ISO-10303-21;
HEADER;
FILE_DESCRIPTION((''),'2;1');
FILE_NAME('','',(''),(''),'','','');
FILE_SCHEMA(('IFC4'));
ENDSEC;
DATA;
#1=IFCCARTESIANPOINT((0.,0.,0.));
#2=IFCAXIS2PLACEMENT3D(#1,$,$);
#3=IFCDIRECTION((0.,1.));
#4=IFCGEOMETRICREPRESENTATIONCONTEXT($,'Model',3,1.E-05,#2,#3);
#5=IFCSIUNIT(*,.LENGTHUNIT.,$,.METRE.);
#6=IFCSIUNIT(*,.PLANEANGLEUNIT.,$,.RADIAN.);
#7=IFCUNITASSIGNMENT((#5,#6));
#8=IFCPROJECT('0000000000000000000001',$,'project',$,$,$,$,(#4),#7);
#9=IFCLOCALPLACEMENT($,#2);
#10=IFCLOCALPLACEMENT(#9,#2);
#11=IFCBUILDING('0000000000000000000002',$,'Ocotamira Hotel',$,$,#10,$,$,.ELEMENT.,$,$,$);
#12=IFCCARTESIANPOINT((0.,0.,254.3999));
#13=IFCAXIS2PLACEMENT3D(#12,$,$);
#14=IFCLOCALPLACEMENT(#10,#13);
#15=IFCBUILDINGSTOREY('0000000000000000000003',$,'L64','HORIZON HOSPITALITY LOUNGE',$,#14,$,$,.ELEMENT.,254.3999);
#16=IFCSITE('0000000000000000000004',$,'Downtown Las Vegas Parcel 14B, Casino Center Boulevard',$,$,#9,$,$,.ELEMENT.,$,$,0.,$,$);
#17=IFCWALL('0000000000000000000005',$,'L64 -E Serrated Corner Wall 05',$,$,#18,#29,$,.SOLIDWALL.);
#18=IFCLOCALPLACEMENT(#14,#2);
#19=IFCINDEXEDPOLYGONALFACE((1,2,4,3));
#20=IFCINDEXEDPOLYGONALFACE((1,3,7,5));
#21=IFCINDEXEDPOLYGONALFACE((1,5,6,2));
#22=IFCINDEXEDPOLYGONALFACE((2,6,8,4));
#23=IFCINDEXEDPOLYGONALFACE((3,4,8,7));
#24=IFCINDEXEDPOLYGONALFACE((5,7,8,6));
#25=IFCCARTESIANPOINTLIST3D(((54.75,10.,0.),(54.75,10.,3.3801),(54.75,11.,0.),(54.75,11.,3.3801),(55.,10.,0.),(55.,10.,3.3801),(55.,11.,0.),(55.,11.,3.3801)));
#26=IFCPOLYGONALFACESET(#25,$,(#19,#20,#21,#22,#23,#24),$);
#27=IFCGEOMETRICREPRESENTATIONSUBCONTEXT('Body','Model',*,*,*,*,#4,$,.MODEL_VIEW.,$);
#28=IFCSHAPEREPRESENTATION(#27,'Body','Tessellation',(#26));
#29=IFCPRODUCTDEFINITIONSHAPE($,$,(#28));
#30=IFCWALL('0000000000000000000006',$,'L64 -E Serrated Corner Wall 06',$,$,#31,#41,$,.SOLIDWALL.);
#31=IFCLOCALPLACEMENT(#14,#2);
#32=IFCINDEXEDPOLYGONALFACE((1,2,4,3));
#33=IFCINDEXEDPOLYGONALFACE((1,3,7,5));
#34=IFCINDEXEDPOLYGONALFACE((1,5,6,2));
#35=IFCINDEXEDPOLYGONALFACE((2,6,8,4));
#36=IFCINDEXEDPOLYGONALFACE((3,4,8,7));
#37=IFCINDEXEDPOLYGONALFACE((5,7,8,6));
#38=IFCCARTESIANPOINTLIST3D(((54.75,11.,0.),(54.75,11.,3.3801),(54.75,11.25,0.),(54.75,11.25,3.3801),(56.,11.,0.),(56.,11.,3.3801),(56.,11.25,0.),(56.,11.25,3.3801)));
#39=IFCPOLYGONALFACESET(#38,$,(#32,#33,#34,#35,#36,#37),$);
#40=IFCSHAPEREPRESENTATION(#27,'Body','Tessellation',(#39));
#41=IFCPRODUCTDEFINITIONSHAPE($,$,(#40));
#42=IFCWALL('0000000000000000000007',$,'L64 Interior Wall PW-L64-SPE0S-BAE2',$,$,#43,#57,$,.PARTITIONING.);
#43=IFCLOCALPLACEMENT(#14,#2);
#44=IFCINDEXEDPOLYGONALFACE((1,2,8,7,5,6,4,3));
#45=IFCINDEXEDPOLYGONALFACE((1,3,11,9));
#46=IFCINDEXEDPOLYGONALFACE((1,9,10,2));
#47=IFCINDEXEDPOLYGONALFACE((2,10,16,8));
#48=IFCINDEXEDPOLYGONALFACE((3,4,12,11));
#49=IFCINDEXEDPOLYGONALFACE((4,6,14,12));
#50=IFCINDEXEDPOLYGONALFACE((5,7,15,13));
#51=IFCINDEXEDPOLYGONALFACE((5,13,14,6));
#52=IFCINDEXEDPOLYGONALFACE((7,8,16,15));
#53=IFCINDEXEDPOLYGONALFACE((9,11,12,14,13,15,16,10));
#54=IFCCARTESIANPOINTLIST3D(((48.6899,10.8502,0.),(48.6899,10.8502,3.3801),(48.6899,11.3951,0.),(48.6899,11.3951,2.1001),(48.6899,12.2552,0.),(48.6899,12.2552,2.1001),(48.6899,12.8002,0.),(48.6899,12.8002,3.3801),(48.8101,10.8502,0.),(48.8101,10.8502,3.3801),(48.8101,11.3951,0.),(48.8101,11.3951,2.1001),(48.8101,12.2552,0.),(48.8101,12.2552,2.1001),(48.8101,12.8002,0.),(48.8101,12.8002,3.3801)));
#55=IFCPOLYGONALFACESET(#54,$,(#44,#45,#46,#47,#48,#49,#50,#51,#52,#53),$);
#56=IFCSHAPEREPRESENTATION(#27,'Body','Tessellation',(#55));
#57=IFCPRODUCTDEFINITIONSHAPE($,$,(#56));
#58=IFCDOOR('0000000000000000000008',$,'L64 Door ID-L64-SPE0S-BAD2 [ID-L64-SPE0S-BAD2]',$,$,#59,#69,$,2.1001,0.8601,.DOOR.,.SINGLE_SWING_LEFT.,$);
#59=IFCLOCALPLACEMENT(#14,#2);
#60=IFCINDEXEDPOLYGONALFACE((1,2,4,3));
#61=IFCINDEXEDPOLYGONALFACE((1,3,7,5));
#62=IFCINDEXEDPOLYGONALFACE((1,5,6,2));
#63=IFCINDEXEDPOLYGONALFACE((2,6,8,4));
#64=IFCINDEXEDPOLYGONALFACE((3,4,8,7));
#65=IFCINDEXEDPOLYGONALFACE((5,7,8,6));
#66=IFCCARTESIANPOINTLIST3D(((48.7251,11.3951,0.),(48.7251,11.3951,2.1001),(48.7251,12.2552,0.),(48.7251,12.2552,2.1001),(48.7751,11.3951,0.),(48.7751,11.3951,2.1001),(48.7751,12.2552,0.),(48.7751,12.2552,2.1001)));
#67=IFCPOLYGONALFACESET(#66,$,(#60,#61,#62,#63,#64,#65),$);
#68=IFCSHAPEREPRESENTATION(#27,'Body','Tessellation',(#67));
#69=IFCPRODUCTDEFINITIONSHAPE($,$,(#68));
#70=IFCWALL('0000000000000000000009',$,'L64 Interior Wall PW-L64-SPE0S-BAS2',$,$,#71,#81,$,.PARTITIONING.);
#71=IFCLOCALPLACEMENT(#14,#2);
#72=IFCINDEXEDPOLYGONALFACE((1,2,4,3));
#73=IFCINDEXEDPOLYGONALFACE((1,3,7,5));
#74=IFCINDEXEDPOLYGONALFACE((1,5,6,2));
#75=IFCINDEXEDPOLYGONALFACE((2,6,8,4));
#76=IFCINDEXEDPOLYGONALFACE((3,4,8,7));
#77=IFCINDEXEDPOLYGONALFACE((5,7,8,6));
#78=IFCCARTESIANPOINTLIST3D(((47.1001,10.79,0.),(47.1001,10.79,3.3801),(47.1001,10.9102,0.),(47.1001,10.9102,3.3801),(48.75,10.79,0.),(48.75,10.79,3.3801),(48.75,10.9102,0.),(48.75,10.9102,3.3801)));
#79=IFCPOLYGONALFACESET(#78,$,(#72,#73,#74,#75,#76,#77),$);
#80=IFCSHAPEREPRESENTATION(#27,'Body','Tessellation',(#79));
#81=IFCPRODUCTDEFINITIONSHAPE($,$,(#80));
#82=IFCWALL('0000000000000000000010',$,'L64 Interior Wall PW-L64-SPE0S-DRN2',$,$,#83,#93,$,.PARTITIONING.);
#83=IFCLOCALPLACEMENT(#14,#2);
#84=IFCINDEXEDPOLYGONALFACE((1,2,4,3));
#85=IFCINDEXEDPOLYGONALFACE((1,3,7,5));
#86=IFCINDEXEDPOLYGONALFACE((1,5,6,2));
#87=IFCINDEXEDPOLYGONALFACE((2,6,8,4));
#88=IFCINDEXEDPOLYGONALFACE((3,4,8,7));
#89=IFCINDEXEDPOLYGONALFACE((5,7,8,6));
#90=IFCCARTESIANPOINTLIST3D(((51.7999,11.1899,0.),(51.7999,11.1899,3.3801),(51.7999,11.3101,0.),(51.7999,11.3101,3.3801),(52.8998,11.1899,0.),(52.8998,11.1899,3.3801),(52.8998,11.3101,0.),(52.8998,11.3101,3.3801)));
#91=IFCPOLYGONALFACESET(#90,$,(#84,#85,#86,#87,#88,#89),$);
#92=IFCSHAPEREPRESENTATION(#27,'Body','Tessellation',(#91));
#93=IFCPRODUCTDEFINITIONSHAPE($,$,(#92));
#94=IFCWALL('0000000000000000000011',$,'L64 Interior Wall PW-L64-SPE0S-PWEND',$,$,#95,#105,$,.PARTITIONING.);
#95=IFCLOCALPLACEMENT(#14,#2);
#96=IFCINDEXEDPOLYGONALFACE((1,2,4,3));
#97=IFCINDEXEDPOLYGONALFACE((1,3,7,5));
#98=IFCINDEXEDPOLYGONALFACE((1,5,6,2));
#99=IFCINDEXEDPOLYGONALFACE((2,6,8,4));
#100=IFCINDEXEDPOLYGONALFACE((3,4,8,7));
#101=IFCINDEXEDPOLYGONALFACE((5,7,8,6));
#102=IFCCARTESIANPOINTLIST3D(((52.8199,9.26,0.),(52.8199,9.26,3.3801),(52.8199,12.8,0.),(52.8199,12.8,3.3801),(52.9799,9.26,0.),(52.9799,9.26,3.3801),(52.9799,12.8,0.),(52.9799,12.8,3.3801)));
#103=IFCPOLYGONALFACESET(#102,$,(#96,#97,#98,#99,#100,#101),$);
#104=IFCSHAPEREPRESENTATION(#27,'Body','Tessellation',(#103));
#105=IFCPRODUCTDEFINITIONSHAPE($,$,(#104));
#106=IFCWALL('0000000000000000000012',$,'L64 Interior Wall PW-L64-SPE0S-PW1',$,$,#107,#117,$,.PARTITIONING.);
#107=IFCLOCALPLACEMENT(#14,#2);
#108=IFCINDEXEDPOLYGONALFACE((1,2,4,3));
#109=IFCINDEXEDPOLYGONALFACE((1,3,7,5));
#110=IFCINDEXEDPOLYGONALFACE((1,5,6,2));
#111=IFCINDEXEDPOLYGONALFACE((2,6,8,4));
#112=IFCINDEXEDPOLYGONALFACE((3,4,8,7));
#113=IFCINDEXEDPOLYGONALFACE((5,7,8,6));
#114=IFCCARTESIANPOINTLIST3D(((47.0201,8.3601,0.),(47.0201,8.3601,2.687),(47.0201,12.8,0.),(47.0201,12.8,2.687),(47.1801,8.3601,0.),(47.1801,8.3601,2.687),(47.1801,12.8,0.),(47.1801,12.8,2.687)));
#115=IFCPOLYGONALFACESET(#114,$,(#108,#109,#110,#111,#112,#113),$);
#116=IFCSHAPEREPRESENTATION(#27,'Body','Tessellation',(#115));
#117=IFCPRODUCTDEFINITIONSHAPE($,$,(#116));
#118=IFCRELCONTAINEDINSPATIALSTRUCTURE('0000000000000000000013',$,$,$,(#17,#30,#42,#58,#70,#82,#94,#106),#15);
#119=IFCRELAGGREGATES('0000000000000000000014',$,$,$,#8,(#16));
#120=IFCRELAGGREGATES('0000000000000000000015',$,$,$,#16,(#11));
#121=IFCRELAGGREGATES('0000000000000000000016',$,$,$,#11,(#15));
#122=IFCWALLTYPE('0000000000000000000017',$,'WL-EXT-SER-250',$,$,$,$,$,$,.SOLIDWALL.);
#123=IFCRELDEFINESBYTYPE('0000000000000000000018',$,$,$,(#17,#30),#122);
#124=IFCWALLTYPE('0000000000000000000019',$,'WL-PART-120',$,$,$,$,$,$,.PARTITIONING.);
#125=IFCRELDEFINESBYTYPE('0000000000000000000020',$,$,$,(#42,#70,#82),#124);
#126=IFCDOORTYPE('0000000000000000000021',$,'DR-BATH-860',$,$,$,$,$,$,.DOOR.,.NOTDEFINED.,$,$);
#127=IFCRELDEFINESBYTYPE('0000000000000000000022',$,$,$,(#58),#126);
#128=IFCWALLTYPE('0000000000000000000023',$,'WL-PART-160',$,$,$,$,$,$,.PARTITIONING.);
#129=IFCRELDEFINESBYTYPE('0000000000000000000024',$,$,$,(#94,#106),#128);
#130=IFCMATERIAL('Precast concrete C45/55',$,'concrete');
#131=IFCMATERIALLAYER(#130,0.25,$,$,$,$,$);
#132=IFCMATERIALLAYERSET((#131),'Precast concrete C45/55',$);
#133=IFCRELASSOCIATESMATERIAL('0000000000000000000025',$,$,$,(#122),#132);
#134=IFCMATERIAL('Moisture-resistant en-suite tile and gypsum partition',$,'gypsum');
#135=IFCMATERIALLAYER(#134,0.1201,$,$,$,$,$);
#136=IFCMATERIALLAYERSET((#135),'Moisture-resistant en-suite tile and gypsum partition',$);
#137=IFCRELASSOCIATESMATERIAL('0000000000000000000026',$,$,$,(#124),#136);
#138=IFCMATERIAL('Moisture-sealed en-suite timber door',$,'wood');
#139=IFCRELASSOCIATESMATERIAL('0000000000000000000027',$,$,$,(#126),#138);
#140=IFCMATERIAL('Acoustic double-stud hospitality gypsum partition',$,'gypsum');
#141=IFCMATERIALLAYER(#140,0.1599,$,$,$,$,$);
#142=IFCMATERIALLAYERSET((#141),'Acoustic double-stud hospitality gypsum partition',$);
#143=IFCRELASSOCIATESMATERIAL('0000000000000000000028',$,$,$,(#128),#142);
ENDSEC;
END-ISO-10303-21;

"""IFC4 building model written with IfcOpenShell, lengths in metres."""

from ifc_helpers import new_model, si_unit, direction, frame, frame_2d, origin, place, context, subcontext, project, spatial, rectangle, extrude, source, transform, mapped, material, layer, layer_set, type_object, element, fill, save


model = new_model("IFC4")

# Units and contexts
model_context = context("Model", 3, precision=1e-05, world=origin(), true_north=direction((0.0, 1.0)))
body_context = subcontext(model_context, "Body", "Model", "MODEL_VIEW")
ifc_project = project(units=[si_unit("LENGTHUNIT", "METRE"), si_unit("PLANEANGLEUNIT", "RADIAN")], contexts=[model_context])

# Site, building, storey
site_placement = place(None, origin())
site = spatial("IfcSite", under=ifc_project, at=site_placement, Name="Downtown Las Vegas Parcel 14B, Casino Center Boulevard", CompositionType="ELEMENT", RefElevation=0.0)
building_placement = place(site_placement, origin())
building = spatial("IfcBuilding", under=site, at=building_placement, Name="Ocotamira Hotel", CompositionType="ELEMENT")
storey_placement = place(building_placement, frame((0.0, 0.0, 254.3999)))
storey = spatial("IfcBuildingStorey", under=building, at=storey_placement, Name="L64", Description="HORIZON HOSPITALITY LOUNGE", CompositionType="ELEMENT", Elevation=254.3999)

# Walls
ifc_material_1 = material(Name="Precast concrete C45/55", Category="concrete")
ifc_layer_1 = layer(ifc_material_1, 0.25)
ifc_layer_set_1 = layer_set([ifc_layer_1], Name="Precast concrete C45/55")
wall_type_1 = type_object("IfcWallType", Name="WL-EXT-SER-250", PredefinedType="SOLIDWALL", material=ifc_layer_set_1)
for number, where, z_axis, x_axis, name in (
    (1, (54.875, 10.0, 0.0), (0.0, 0.0, 1.0), (0.0, 1.0, 0.0), "L64 -E Serrated Corner Wall 05"),
):
    element("IfcWall", number, at=place(storey_placement, frame(where, z_axis=z_axis, x_axis=x_axis)), inside=storey, type_object=wall_type_1, Name=name, PredefinedType="SOLIDWALL", context=body_context, shape_type="SweptSolid", body=[
        extrude(rectangle(XDim=1.0, YDim=0.25, at=frame_2d((0.5, 0.0))), origin(), (0.0, 0.0, 1.0), 3.3801),
    ])
wall_1_placement = place(storey_placement, frame((54.75, 11.125, 0.0), z_axis=(0.0, 0.0, 1.0), x_axis=(1.0, 0.0, 0.0)))
element("IfcWall", 2, at=wall_1_placement, inside=storey, type_object=wall_type_1, Name="L64 -E Serrated Corner Wall 06", PredefinedType="SOLIDWALL", context=body_context, shape_type="SweptSolid", body=[
    extrude(rectangle(XDim=1.25, YDim=0.25, at=frame_2d((0.625, 0.0))), origin(), (0.0, 0.0, 1.0), 3.3801),
])

# Wall, opening, door
ifc_material_2 = material(Name="Moisture-resistant en-suite tile and gypsum partition", Category="gypsum")
ifc_layer_2 = layer(ifc_material_2, 0.1201)
ifc_layer_set_2 = layer_set([ifc_layer_2], Name="Moisture-resistant en-suite tile and gypsum partition")
wall_type_2 = type_object("IfcWallType", Name="WL-PART-120", PredefinedType="PARTITIONING", material=ifc_layer_set_2)
wall_2_placement = place(storey_placement, frame((48.75, 10.8501, 0.0), z_axis=(0.0, 0.0, 1.0), x_axis=(0.0, 1.0, 0.0)))
wall_2 = element("IfcWall", 3, at=wall_2_placement, inside=storey, type_object=wall_type_2, Name="L64 Interior Wall PW-L64-SPE0S-BAE2", PredefinedType="PARTITIONING", context=body_context, shape_type="SweptSolid", body=[
    extrude(rectangle(XDim=1.95, YDim=0.1201, at=frame_2d((0.9751, 0.0))), origin(), (0.0, 0.0, 1.0), 3.3801),
])
opening_placement = place(wall_2_placement, frame((0.5449, 0.0, 0.0)))
opening = element("IfcOpeningElement", 4, at=opening_placement, cuts=wall_2, PredefinedType="OPENING", context=body_context, shape_type="SweptSolid", body=[
    extrude(rectangle(XDim=0.8601, YDim=2.1001, at=frame_2d((0.4302, 1.05))), frame((0.0, 0.0701, 0.0), z_axis=(0.0, -1.0, 0.0), x_axis=(1.0, 0.0, 0.0)), (0.0, 0.0, 1.0), 0.1401),
])
ifc_material_3 = material(Name="Moisture-sealed en-suite timber door", Category="wood")
door_type = type_object("IfcDoorType", Name="DR-BATH-860", OperationType="NOTDEFINED", PredefinedType="DOOR", material=ifc_material_3)
shared_shape_1 = source(origin(), body_context, "Body", "SweptSolid", [
    extrude(rectangle(XDim=0.8601, YDim=2.1001, at=frame_2d((0.4302, 1.05))), frame((0.0, 0.0249, 0.0), z_axis=(0.0, -1.0, 0.0), x_axis=(1.0, 0.0, 0.0)), (0.0, 0.0, 1.0), 0.05),
])
door_placement = place(opening_placement, origin())
door = element("IfcDoor", 5, at=door_placement, inside=storey, type_object=door_type, Name="L64 Door ID-L64-SPE0S-BAD2 [ID-L64-SPE0S-BAD2]", OperationType="SINGLE_SWING_LEFT", OverallHeight=2.1001, OverallWidth=0.8601, PredefinedType="DOOR", context=body_context, shape_type="MappedRepresentation", body=[
    mapped(shared_shape_1, transform((0.0, 0.0, 0.0), scale=1.0)),
])
fill(opening, door)

# Walls
wall_3_placement = place(storey_placement, frame((47.1001, 10.8501, 0.0), z_axis=(0.0, 0.0, 1.0), x_axis=(1.0, 0.0, 0.0)))
element("IfcWall", 6, at=wall_3_placement, inside=storey, type_object=wall_type_2, Name="L64 Interior Wall PW-L64-SPE0S-BAS2", PredefinedType="PARTITIONING", context=body_context, shape_type="SweptSolid", body=[
    extrude(rectangle(XDim=1.6499, YDim=0.1201, at=frame_2d((0.825, 0.0))), origin(), (0.0, 0.0, 1.0), 3.3801),
])
wall_4_placement = place(storey_placement, frame((51.8, 11.25, 0.0), z_axis=(0.0, 0.0, 1.0), x_axis=(1.0, 0.0, 0.0)))
element("IfcWall", 7, at=wall_4_placement, inside=storey, type_object=wall_type_2, Name="L64 Interior Wall PW-L64-SPE0S-DRN2", PredefinedType="PARTITIONING", context=body_context, shape_type="SweptSolid", body=[
    extrude(rectangle(XDim=1.0999, YDim=0.1201, at=frame_2d((0.5498, 0.0))), origin(), (0.0, 0.0, 1.0), 3.3801),
])
ifc_material_4 = material(Name="Acoustic double-stud hospitality gypsum partition", Category="gypsum")
ifc_layer_3 = layer(ifc_material_4, 0.1599)
ifc_layer_set_3 = layer_set([ifc_layer_3], Name="Acoustic double-stud hospitality gypsum partition")
wall_type_3 = type_object("IfcWallType", Name="WL-PART-160", PredefinedType="PARTITIONING", material=ifc_layer_set_3)
wall_5_placement = place(storey_placement, frame((52.8999, 9.26, 0.0), z_axis=(0.0, 0.0, 1.0), x_axis=(0.0, 1.0, 0.0)))
element("IfcWall", 8, at=wall_5_placement, inside=storey, type_object=wall_type_3, Name="L64 Interior Wall PW-L64-SPE0S-PWEND", PredefinedType="PARTITIONING", context=body_context, shape_type="SweptSolid", body=[
    extrude(rectangle(XDim=3.54, YDim=0.1599, at=frame_2d((1.77, 0.0))), origin(), (0.0, 0.0, 1.0), 3.3801),
])
wall_6_placement = place(storey_placement, frame((47.1001, 8.3601, 0.0), z_axis=(0.0, 0.0, 1.0), x_axis=(0.0, 1.0, 0.0)))
element("IfcWall", 9, at=wall_6_placement, inside=storey, type_object=wall_type_3, Name="L64 Interior Wall PW-L64-SPE0S-PW1", PredefinedType="PARTITIONING", context=body_context, shape_type="SweptSolid", body=[
    extrude(rectangle(XDim=4.4399, YDim=0.1599, at=frame_2d((2.22, 0.0))), origin(), (0.0, 0.0, 1.0), 2.687),
])

save(model, "model.ifc")
